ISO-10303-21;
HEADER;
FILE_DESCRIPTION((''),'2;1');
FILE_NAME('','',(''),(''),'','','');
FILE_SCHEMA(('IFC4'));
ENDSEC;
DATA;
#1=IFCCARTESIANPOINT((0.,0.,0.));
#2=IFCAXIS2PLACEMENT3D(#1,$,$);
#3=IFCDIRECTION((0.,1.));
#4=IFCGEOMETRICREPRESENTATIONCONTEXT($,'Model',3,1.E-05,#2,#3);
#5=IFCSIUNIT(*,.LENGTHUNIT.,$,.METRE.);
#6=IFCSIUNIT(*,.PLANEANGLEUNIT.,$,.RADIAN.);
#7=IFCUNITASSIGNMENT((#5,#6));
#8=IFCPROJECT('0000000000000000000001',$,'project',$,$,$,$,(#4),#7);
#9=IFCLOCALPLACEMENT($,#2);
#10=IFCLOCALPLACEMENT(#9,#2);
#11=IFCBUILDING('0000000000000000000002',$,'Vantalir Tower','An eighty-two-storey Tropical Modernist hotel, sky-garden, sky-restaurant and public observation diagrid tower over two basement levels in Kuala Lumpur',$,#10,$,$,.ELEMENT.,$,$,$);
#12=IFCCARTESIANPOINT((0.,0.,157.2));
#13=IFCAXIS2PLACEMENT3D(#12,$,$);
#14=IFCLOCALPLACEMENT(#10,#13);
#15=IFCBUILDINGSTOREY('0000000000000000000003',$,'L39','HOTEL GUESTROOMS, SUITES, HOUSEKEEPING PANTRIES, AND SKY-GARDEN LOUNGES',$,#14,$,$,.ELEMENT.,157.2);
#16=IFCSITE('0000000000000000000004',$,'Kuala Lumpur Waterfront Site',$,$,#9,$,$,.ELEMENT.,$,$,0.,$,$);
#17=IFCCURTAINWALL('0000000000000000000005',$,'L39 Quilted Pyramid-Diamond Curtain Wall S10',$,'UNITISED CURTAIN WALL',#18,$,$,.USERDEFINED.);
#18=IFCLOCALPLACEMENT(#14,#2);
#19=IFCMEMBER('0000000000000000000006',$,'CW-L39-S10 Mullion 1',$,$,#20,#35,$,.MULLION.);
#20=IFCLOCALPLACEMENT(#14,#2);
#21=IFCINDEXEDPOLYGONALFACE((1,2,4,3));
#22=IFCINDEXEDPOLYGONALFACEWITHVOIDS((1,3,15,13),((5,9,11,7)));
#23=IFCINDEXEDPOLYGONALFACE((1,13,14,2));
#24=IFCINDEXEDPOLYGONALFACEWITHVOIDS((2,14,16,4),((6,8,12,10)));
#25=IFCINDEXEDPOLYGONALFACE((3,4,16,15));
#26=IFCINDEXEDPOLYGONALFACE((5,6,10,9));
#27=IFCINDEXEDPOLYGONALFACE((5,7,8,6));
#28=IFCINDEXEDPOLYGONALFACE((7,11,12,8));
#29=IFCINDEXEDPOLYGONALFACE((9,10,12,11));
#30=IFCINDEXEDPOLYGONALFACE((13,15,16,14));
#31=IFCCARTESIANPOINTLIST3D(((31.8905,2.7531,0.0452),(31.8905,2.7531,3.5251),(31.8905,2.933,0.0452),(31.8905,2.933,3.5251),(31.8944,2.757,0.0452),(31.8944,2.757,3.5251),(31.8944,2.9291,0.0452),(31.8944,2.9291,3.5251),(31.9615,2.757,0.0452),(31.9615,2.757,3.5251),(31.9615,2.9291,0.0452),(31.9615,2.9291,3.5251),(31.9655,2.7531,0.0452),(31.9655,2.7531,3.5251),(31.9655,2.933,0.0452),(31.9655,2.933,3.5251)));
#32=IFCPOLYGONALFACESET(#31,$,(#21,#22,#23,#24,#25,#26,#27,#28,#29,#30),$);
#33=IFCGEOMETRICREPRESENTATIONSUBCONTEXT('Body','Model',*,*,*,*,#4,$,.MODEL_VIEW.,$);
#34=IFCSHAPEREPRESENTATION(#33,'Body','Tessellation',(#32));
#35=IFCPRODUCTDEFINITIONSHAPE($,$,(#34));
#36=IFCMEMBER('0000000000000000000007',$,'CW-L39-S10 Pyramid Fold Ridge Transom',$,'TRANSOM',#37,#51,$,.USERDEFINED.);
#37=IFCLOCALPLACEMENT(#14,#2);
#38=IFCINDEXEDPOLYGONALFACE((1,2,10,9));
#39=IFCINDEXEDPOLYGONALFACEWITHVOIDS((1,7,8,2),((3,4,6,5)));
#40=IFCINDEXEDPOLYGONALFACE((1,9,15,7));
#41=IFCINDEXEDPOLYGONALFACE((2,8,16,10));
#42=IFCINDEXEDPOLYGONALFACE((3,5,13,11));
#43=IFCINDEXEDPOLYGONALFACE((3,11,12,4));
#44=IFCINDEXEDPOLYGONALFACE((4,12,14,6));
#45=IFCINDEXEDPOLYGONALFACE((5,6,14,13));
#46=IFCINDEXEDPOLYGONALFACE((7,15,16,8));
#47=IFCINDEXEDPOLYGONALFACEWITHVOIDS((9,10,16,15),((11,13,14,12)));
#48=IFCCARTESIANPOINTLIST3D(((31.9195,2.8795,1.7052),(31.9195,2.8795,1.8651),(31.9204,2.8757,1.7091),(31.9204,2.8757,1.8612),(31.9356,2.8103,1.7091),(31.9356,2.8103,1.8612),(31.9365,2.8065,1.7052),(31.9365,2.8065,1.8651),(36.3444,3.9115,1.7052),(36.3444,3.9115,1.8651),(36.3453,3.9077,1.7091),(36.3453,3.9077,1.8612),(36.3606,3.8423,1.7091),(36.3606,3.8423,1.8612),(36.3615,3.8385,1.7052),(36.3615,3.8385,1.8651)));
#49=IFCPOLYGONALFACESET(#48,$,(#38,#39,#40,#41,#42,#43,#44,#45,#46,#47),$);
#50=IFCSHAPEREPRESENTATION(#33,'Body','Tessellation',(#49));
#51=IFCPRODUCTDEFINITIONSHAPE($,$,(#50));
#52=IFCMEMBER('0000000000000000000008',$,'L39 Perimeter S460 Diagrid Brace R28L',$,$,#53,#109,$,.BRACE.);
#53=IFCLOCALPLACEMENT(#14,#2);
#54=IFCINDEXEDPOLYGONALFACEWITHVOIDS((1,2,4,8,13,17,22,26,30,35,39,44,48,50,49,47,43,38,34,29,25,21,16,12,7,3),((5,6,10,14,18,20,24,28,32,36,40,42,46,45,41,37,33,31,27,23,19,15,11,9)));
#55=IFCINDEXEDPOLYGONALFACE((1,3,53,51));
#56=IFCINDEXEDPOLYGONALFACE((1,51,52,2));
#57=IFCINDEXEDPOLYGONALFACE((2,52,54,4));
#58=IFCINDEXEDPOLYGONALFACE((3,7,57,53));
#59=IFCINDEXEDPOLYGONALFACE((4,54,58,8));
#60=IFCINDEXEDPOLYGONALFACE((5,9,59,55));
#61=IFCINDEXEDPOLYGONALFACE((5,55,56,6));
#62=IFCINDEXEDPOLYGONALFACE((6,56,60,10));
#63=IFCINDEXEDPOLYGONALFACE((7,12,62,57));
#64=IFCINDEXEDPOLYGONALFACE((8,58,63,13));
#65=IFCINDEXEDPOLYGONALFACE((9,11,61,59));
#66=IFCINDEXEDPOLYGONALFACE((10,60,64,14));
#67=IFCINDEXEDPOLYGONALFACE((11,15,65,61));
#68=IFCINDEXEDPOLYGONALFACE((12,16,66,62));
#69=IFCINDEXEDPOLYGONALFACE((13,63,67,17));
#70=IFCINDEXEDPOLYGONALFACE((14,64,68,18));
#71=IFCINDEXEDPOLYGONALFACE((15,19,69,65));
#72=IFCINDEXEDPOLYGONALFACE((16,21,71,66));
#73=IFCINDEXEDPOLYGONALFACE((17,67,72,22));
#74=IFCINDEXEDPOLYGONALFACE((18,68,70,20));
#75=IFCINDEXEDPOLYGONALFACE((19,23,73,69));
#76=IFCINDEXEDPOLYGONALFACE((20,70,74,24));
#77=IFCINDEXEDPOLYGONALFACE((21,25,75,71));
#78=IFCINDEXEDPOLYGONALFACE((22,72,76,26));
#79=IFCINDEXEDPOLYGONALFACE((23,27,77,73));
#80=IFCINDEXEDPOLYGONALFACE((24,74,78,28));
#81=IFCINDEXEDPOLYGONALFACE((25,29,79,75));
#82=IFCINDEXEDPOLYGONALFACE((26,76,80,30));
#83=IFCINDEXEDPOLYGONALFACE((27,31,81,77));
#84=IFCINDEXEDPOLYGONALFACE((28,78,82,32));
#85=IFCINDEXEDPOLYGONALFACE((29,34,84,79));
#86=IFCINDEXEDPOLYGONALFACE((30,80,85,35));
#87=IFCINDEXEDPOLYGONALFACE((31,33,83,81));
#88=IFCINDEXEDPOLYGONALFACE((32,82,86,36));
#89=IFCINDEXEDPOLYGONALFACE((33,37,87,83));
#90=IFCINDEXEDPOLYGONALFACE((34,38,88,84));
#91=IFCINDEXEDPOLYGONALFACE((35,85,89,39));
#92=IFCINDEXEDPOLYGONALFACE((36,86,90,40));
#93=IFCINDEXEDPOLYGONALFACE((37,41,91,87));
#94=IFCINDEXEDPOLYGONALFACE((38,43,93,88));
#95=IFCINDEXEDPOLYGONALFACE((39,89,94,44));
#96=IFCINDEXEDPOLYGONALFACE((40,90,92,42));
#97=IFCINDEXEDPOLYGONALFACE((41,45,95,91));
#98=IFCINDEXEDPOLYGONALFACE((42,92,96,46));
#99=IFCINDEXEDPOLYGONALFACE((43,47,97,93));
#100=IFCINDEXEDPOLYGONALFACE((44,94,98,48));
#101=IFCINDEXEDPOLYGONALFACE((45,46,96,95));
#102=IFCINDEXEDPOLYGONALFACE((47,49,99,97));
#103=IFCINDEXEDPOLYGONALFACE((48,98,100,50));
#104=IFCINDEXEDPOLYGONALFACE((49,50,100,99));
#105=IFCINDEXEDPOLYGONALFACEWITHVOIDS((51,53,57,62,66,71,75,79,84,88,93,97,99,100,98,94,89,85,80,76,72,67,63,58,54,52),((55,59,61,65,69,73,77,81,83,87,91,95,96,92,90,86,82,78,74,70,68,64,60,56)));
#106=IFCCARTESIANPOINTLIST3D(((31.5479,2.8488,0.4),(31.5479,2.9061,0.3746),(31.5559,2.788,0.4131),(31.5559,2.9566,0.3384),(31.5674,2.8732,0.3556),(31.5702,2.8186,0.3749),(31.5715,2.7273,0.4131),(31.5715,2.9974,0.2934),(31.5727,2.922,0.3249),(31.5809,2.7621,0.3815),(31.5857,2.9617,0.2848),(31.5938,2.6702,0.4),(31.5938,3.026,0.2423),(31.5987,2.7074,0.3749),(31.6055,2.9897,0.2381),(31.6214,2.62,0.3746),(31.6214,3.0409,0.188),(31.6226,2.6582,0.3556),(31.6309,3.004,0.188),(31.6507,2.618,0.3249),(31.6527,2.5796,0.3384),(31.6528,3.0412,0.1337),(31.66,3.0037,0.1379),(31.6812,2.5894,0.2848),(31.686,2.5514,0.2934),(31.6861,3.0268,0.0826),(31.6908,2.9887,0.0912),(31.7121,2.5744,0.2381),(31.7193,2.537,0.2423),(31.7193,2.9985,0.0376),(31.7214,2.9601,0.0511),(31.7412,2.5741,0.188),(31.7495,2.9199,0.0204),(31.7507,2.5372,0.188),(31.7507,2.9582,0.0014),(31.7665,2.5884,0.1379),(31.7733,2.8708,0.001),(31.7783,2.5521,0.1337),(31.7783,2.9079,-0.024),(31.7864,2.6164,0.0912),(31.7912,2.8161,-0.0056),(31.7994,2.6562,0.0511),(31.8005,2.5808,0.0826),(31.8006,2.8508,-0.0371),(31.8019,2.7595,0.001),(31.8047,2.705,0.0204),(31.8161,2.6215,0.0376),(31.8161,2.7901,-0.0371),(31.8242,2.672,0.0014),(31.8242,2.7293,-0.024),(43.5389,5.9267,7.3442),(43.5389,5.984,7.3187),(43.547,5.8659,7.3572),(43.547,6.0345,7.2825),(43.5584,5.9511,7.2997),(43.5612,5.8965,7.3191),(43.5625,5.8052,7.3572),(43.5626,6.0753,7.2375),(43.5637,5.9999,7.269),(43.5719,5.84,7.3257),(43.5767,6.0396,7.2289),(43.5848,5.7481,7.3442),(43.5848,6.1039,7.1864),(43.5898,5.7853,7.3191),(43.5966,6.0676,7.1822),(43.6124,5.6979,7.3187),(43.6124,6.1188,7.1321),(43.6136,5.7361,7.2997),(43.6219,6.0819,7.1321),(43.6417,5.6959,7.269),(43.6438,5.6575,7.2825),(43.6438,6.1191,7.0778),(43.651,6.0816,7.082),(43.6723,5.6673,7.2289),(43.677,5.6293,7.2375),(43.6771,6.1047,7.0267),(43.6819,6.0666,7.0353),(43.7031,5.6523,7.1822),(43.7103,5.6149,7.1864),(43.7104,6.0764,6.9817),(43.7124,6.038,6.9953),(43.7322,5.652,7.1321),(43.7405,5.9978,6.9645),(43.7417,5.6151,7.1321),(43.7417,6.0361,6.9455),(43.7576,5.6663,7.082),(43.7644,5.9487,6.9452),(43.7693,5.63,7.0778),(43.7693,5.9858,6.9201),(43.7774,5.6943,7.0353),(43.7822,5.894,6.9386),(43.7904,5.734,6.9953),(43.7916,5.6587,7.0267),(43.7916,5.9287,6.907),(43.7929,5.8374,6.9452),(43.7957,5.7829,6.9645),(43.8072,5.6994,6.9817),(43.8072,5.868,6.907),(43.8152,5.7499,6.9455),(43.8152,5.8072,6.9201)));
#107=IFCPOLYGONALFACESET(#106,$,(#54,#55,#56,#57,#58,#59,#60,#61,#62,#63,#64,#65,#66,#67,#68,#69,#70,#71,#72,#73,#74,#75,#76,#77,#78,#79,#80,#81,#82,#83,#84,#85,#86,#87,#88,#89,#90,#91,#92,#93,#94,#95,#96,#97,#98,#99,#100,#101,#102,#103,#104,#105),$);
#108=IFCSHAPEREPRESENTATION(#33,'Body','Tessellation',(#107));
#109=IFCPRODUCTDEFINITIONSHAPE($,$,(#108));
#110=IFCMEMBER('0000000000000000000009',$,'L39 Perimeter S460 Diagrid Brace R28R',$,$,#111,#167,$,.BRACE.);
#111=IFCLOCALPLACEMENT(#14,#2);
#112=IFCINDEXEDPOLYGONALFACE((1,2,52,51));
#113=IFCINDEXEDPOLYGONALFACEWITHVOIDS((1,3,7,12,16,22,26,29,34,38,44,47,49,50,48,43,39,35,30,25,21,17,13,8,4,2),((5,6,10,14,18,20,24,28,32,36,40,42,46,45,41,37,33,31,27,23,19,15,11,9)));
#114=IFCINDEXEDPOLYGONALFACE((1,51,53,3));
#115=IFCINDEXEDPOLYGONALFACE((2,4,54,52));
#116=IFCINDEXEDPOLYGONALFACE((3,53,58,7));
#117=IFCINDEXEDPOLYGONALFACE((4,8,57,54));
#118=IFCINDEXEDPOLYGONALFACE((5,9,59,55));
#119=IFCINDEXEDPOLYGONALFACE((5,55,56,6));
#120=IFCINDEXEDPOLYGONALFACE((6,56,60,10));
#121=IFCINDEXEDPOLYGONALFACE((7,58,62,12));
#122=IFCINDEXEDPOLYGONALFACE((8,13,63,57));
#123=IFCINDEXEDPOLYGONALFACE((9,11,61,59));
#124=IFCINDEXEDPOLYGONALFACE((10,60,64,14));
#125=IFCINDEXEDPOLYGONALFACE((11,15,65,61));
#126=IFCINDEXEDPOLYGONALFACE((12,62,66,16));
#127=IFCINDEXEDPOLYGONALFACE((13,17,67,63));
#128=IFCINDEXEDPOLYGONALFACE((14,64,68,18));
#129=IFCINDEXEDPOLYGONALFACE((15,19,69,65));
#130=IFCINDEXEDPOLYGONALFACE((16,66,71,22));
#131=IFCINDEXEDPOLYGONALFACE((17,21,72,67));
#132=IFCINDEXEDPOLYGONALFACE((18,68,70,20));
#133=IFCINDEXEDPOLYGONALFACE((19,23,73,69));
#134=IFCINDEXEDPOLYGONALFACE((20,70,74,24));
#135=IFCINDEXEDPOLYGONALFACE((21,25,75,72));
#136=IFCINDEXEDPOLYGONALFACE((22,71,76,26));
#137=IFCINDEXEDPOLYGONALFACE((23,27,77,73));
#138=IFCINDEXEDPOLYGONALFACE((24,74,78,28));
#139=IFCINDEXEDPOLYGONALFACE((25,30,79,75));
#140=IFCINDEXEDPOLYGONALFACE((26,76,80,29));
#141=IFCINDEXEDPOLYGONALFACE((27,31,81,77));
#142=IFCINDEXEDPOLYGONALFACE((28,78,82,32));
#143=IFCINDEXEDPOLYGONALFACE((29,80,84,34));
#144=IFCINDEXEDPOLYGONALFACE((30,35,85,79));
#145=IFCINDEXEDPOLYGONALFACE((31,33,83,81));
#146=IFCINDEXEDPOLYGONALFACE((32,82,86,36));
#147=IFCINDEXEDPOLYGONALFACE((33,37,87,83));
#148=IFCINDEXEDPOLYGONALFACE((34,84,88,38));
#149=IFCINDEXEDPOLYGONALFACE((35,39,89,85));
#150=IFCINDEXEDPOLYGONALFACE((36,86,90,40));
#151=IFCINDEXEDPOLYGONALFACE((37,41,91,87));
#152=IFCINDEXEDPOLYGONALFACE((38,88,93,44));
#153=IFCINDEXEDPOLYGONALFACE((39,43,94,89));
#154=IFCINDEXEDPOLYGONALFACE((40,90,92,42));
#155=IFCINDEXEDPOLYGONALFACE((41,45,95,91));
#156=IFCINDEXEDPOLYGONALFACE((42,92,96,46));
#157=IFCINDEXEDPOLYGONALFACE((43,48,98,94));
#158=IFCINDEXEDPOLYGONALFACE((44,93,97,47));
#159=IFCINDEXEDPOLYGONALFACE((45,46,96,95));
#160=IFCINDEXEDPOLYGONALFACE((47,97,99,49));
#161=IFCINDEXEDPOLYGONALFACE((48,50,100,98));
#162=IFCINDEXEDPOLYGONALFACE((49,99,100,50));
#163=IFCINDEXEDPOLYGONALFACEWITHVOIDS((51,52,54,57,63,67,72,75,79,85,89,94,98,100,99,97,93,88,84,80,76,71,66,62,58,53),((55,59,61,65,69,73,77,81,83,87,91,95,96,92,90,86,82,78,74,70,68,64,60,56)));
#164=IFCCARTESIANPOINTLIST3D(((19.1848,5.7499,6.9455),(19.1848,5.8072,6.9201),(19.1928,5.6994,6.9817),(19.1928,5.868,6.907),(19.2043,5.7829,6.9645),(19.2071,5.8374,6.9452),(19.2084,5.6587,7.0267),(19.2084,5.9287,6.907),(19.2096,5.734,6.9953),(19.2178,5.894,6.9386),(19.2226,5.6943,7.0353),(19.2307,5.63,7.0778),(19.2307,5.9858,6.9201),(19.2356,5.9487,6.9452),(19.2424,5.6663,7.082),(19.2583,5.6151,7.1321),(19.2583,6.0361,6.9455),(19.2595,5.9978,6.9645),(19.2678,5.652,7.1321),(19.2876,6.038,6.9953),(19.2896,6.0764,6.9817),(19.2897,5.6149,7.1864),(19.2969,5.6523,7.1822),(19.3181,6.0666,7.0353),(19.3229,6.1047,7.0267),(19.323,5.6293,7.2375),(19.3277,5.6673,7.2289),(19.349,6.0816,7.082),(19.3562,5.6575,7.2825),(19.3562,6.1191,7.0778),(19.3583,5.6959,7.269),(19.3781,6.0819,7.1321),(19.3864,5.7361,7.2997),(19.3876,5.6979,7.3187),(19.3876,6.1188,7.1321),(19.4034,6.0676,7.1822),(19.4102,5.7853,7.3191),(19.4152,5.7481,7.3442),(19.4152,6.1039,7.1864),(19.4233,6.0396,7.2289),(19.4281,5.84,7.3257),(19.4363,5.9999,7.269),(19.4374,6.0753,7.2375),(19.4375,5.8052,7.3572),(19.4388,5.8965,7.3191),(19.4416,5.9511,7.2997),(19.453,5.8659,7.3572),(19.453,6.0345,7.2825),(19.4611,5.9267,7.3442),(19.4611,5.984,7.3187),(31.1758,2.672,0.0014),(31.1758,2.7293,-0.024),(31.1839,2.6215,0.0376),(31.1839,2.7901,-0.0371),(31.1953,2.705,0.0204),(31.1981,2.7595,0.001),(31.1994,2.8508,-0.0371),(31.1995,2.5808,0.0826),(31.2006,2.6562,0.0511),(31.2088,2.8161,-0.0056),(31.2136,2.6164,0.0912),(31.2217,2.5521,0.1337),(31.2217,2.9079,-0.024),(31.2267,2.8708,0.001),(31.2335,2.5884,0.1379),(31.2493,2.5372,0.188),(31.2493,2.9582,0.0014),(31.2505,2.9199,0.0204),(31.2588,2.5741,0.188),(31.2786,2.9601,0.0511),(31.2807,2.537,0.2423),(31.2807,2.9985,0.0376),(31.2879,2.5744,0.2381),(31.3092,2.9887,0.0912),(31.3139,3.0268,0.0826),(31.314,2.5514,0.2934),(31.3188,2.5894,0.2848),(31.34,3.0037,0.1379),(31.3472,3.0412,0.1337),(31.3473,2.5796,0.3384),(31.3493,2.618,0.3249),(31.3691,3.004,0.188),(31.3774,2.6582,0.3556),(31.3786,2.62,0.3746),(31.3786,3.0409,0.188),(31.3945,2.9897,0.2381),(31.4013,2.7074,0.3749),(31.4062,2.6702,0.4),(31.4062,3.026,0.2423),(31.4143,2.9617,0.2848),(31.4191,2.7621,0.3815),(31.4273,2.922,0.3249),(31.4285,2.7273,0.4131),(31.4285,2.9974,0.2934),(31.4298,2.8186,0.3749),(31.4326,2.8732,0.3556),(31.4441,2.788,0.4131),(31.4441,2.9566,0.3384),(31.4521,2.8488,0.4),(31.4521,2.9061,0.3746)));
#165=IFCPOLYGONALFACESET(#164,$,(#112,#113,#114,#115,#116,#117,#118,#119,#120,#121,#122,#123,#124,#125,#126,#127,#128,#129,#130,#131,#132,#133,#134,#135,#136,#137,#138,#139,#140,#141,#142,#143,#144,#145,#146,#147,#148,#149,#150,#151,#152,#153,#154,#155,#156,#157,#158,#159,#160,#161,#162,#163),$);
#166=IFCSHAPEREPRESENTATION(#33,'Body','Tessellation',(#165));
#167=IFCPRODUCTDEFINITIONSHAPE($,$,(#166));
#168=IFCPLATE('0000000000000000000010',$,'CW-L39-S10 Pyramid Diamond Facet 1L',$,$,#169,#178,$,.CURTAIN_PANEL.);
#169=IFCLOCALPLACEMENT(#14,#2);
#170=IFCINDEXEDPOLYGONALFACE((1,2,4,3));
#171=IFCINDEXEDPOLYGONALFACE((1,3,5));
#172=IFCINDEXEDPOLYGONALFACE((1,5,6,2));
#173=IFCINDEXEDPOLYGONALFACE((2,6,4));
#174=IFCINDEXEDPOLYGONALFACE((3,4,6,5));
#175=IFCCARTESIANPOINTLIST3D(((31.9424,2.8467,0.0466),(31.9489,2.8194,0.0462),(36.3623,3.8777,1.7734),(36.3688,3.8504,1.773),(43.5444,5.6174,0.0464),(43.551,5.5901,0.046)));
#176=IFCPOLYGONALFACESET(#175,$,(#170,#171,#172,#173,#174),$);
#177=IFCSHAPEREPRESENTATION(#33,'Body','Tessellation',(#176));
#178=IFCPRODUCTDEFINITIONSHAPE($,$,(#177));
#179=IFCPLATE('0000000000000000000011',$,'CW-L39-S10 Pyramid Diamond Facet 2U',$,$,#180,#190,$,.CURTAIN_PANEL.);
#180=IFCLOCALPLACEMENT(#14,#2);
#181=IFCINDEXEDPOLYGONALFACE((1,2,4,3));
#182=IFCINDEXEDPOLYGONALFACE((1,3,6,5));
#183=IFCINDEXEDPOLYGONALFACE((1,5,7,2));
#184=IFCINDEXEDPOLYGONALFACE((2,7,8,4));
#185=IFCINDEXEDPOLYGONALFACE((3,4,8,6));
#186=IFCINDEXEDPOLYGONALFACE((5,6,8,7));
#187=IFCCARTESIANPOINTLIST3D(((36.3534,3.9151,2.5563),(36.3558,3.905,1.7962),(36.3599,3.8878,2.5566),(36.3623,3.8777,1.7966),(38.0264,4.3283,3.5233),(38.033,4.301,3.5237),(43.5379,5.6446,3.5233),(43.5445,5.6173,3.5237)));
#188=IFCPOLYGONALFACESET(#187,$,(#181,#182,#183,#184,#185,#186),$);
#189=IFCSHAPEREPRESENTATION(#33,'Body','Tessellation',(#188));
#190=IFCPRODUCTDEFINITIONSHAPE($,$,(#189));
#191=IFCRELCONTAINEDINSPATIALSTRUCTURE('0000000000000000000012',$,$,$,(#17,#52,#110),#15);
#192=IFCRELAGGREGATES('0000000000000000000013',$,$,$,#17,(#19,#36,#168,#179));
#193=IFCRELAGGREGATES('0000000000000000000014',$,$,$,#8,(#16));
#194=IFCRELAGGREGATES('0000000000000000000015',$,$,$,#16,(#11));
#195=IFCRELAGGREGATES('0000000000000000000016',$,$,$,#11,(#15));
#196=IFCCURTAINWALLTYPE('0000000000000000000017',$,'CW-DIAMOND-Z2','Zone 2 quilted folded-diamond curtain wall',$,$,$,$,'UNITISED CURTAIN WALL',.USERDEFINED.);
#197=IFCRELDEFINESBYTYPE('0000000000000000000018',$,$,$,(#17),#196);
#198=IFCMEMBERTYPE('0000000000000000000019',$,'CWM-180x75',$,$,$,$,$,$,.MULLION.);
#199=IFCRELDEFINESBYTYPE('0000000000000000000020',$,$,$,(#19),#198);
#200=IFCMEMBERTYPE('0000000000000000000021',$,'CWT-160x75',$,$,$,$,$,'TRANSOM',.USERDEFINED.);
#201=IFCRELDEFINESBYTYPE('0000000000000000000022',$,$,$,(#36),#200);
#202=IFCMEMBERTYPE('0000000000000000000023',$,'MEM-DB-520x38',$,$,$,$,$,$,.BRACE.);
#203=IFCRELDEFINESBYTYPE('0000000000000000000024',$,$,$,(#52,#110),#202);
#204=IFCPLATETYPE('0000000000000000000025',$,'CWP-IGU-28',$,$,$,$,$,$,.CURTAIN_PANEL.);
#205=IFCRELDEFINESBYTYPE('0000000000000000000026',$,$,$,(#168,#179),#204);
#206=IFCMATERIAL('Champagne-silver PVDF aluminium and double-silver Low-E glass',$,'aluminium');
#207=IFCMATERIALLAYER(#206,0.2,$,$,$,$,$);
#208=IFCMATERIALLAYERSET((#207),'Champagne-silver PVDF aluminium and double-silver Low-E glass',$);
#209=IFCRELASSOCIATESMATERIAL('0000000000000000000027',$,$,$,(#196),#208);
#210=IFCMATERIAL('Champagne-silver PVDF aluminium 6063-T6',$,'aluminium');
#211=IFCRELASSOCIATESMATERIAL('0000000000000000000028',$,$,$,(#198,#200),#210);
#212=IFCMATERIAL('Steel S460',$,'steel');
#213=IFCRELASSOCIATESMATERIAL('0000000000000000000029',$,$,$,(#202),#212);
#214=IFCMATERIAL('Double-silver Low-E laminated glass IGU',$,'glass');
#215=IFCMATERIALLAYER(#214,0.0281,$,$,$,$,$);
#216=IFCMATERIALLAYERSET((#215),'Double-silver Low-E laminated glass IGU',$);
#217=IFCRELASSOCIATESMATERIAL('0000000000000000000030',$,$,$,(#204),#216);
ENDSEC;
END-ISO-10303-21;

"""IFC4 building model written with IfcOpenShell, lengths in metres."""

from ifc_helpers import new_model, si_unit, direction, frame, origin, origin_2d, place, context, subcontext, project, spatial, polyline, hollow_rectangle, hollow_circle, outline, extrude, material, layer, layer_set, material_profile, profile_set, type_object, element, aggregate, save


model = new_model("IFC4")

# Units and contexts
model_context = context("Model", 3, precision=1e-05, world=origin(), true_north=direction((0.0, 1.0)))
body_context = subcontext(model_context, "Body", "Model", "MODEL_VIEW")
ifc_project = project(units=[si_unit("LENGTHUNIT", "METRE"), si_unit("PLANEANGLEUNIT", "RADIAN")], contexts=[model_context])

# Site, building, storey
site_placement = place(None, origin())
site = spatial("IfcSite", under=ifc_project, at=site_placement, Name="Kuala Lumpur Waterfront Site", CompositionType="ELEMENT", RefElevation=0.0)
building_placement = place(site_placement, origin())
building = spatial("IfcBuilding", under=site, at=building_placement, Name="Vantalir Tower", Description="An eighty-two-storey Tropical Modernist hotel, sky-garden, sky-restaurant and public observation diagrid tower over two basement levels in Kuala Lumpur", CompositionType="ELEMENT")
storey_placement = place(building_placement, frame((0.0, 0.0, 157.2)))
storey = spatial("IfcBuildingStorey", under=building, at=storey_placement, Name="L39", Description="HOTEL GUESTROOMS, SUITES, HOUSEKEEPING PANTRIES, AND SKY-GARDEN LOUNGES", CompositionType="ELEMENT", Elevation=157.2)

# Shared definitions
ifc_material_1 = material(Name="Steel S460", Category="steel")

# Shared definitions
ifc_material_2 = material(Name="Champagne-silver PVDF aluminium and double-silver Low-E glass", Category="aluminium")
ifc_layer_1 = layer(ifc_material_2, 0.2)
ifc_layer_set_1 = layer_set([ifc_layer_1], Name="Champagne-silver PVDF aluminium and double-silver Low-E glass")
curtain_wall_type = type_object("IfcCurtainWallType", Name="CW-DIAMOND-Z2", Description="Zone 2 quilted folded-diamond curtain wall", ElementType="UNITISED CURTAIN WALL", PredefinedType="USERDEFINED", material=ifc_layer_set_1)
ifc_material_3 = material(Name="Champagne-silver PVDF aluminium 6063-T6", Category="aluminium")
ifc_material_profile_1 = material_profile(ifc_material_3, hollow_rectangle(XDim=0.075, YDim=0.1799, WallThickness=0.0039, at=origin_2d()), Name="Champagne-silver PVDF aluminium 6063-T6")
ifc_profile_set_1 = profile_set([ifc_material_profile_1], Name="Champagne-silver PVDF aluminium 6063-T6")
member_type_1 = type_object("IfcMemberType", Name="CWM-180x75", PredefinedType="MULLION", material=ifc_profile_set_1)

# Curtain wall, members
curtain_wall_1_placement = place(storey_placement, origin())
curtain_wall_1 = element("IfcCurtainWall", 1, at=curtain_wall_1_placement, inside=storey, type_object=curtain_wall_type, Name="L39 Quilted Pyramid-Diamond Curtain Wall S10", ObjectType="UNITISED CURTAIN WALL", PredefinedType="USERDEFINED")
member_1_placement = place(storey_placement, frame((31.928, 2.843, 0.0452), z_axis=(0.0, 0.0, 1.0), x_axis=(1.0, 0.0, 0.0)))
member_1 = element("IfcMember", 2, at=member_1_placement, type_object=member_type_1, Name="CW-L39-S10 Mullion 1", PredefinedType="MULLION", context=body_context, shape_type="SweptSolid", body=[
    extrude(hollow_rectangle(XDim=0.075, YDim=0.1799, WallThickness=0.0039, at=origin_2d()), origin(), (0.0, 0.0, 1.0), 3.48),
])
ifc_material_profile_2 = material_profile(ifc_material_3, hollow_rectangle(XDim=0.075, YDim=0.1599, WallThickness=0.0039, at=origin_2d()), Name="Champagne-silver PVDF aluminium 6063-T6")
ifc_profile_set_2 = profile_set([ifc_material_profile_2], Name="Champagne-silver PVDF aluminium 6063-T6")
member_type_2 = type_object("IfcMemberType", Name="CWT-160x75", ElementType="TRANSOM", PredefinedType="USERDEFINED", material=ifc_profile_set_2)
member_2_placement = place(storey_placement, frame((31.928, 2.843, 1.7852), z_axis=(0.973867, 0.227119, 0.0), x_axis=(-0.227119, 0.973867, 0.0)))
member_2 = element("IfcMember", 3, at=member_2_placement, type_object=member_type_2, Name="CW-L39-S10 Pyramid Fold Ridge Transom", ObjectType="TRANSOM", PredefinedType="USERDEFINED", context=body_context, shape_type="SweptSolid", body=[
    extrude(hollow_rectangle(XDim=0.075, YDim=0.1599, WallThickness=0.0039, at=origin_2d()), origin(), (0.0, 0.0, 1.0), 4.5437),
])

# Members
ifc_material_profile_3 = material_profile(ifc_material_1, hollow_circle(Radius=0.26, WallThickness=0.0381, at=origin_2d()), Name="Steel S460")
ifc_profile_set_3 = profile_set([ifc_material_profile_3], Name="Steel S460")
member_type_3 = type_object("IfcMemberType", Name="MEM-DB-520x38", PredefinedType="BRACE", material=ifc_profile_set_3)
for number, where, z_axis, x_axis, name in (
    (4, (31.686, 2.7891, 0.188), (0.844776, 0.21684, 0.489218), (-0.248623, 0.9686, 0.0), "L39 Perimeter S460 Diagrid Brace R28L"),
    (5, (31.314, 2.7891, 0.188), (-0.844776, 0.21684, 0.489218), (-0.248623, -0.9686, 0.0), "L39 Perimeter S460 Diagrid Brace R28R"),
):
    element("IfcMember", number, at=place(storey_placement, frame(where, z_axis=z_axis, x_axis=x_axis)), inside=storey, type_object=member_type_3, Name=name, PredefinedType="BRACE", context=body_context, shape_type="SweptSolid", body=[
        extrude(hollow_circle(Radius=0.26, WallThickness=0.0381, at=origin_2d()), origin(), (0.0, 0.0, 1.0), 14.1943),
    ])

# Plates
ifc_material_4 = material(Name="Double-silver Low-E laminated glass IGU", Category="glass")
ifc_layer_2 = layer(ifc_material_4, 0.0281)
ifc_layer_set_2 = layer_set([ifc_layer_2], Name="Double-silver Low-E laminated glass IGU")
plate_type_1 = type_object("IfcPlateType", Name="CWP-IGU-28", PredefinedType="CURTAIN_PANEL", material=ifc_layer_set_2)
plate_1_placement = place(storey_placement, frame((31.9424, 2.8467, 0.0466), z_axis=(-0.232261, 0.972555, 0.013821), x_axis=(0.972648, 0.232284, -0.00002)))
plate_1 = element("IfcPlate", 6, at=plate_1_placement, type_object=plate_type_1, Name="CW-L39-S10 Pyramid Diamond Facet 1L", PredefinedType="CURTAIN_PANEL", context=body_context, shape_type="SweptSolid", body=[
    extrude(outline(polyline([(0.0, 0.0), (11.9283, 0.0), (4.5385, -1.7271), (0.0, 0.0)])), origin(), (0.0, 0.0, -1.0), 0.0281),
])
plate_2_placement = place(storey_placement, frame((38.033, 4.301, 3.5237), z_axis=(0.232271, -0.972554, 0.013709), x_axis=(0.972646, 0.232293, 0.0)))
plate_2 = element("IfcPlate", 7, at=plate_2_placement, type_object=plate_type_1, Name="CW-L39-S10 Pyramid Diamond Facet 2U", PredefinedType="CURTAIN_PANEL", context=body_context, shape_type="SweptSolid", body=[
    extrude(outline(polyline([(0.0, 0.0), (5.6665, 0.0), (-1.7233, -1.7272), (-1.7233, -0.9671), (0.0, 0.0)])), origin(), (0.0, 0.0, -1.0), 0.0281),
])
aggregate(curtain_wall_1, [member_1, member_2, plate_1, plate_2])

save(model, "model.ifc")
